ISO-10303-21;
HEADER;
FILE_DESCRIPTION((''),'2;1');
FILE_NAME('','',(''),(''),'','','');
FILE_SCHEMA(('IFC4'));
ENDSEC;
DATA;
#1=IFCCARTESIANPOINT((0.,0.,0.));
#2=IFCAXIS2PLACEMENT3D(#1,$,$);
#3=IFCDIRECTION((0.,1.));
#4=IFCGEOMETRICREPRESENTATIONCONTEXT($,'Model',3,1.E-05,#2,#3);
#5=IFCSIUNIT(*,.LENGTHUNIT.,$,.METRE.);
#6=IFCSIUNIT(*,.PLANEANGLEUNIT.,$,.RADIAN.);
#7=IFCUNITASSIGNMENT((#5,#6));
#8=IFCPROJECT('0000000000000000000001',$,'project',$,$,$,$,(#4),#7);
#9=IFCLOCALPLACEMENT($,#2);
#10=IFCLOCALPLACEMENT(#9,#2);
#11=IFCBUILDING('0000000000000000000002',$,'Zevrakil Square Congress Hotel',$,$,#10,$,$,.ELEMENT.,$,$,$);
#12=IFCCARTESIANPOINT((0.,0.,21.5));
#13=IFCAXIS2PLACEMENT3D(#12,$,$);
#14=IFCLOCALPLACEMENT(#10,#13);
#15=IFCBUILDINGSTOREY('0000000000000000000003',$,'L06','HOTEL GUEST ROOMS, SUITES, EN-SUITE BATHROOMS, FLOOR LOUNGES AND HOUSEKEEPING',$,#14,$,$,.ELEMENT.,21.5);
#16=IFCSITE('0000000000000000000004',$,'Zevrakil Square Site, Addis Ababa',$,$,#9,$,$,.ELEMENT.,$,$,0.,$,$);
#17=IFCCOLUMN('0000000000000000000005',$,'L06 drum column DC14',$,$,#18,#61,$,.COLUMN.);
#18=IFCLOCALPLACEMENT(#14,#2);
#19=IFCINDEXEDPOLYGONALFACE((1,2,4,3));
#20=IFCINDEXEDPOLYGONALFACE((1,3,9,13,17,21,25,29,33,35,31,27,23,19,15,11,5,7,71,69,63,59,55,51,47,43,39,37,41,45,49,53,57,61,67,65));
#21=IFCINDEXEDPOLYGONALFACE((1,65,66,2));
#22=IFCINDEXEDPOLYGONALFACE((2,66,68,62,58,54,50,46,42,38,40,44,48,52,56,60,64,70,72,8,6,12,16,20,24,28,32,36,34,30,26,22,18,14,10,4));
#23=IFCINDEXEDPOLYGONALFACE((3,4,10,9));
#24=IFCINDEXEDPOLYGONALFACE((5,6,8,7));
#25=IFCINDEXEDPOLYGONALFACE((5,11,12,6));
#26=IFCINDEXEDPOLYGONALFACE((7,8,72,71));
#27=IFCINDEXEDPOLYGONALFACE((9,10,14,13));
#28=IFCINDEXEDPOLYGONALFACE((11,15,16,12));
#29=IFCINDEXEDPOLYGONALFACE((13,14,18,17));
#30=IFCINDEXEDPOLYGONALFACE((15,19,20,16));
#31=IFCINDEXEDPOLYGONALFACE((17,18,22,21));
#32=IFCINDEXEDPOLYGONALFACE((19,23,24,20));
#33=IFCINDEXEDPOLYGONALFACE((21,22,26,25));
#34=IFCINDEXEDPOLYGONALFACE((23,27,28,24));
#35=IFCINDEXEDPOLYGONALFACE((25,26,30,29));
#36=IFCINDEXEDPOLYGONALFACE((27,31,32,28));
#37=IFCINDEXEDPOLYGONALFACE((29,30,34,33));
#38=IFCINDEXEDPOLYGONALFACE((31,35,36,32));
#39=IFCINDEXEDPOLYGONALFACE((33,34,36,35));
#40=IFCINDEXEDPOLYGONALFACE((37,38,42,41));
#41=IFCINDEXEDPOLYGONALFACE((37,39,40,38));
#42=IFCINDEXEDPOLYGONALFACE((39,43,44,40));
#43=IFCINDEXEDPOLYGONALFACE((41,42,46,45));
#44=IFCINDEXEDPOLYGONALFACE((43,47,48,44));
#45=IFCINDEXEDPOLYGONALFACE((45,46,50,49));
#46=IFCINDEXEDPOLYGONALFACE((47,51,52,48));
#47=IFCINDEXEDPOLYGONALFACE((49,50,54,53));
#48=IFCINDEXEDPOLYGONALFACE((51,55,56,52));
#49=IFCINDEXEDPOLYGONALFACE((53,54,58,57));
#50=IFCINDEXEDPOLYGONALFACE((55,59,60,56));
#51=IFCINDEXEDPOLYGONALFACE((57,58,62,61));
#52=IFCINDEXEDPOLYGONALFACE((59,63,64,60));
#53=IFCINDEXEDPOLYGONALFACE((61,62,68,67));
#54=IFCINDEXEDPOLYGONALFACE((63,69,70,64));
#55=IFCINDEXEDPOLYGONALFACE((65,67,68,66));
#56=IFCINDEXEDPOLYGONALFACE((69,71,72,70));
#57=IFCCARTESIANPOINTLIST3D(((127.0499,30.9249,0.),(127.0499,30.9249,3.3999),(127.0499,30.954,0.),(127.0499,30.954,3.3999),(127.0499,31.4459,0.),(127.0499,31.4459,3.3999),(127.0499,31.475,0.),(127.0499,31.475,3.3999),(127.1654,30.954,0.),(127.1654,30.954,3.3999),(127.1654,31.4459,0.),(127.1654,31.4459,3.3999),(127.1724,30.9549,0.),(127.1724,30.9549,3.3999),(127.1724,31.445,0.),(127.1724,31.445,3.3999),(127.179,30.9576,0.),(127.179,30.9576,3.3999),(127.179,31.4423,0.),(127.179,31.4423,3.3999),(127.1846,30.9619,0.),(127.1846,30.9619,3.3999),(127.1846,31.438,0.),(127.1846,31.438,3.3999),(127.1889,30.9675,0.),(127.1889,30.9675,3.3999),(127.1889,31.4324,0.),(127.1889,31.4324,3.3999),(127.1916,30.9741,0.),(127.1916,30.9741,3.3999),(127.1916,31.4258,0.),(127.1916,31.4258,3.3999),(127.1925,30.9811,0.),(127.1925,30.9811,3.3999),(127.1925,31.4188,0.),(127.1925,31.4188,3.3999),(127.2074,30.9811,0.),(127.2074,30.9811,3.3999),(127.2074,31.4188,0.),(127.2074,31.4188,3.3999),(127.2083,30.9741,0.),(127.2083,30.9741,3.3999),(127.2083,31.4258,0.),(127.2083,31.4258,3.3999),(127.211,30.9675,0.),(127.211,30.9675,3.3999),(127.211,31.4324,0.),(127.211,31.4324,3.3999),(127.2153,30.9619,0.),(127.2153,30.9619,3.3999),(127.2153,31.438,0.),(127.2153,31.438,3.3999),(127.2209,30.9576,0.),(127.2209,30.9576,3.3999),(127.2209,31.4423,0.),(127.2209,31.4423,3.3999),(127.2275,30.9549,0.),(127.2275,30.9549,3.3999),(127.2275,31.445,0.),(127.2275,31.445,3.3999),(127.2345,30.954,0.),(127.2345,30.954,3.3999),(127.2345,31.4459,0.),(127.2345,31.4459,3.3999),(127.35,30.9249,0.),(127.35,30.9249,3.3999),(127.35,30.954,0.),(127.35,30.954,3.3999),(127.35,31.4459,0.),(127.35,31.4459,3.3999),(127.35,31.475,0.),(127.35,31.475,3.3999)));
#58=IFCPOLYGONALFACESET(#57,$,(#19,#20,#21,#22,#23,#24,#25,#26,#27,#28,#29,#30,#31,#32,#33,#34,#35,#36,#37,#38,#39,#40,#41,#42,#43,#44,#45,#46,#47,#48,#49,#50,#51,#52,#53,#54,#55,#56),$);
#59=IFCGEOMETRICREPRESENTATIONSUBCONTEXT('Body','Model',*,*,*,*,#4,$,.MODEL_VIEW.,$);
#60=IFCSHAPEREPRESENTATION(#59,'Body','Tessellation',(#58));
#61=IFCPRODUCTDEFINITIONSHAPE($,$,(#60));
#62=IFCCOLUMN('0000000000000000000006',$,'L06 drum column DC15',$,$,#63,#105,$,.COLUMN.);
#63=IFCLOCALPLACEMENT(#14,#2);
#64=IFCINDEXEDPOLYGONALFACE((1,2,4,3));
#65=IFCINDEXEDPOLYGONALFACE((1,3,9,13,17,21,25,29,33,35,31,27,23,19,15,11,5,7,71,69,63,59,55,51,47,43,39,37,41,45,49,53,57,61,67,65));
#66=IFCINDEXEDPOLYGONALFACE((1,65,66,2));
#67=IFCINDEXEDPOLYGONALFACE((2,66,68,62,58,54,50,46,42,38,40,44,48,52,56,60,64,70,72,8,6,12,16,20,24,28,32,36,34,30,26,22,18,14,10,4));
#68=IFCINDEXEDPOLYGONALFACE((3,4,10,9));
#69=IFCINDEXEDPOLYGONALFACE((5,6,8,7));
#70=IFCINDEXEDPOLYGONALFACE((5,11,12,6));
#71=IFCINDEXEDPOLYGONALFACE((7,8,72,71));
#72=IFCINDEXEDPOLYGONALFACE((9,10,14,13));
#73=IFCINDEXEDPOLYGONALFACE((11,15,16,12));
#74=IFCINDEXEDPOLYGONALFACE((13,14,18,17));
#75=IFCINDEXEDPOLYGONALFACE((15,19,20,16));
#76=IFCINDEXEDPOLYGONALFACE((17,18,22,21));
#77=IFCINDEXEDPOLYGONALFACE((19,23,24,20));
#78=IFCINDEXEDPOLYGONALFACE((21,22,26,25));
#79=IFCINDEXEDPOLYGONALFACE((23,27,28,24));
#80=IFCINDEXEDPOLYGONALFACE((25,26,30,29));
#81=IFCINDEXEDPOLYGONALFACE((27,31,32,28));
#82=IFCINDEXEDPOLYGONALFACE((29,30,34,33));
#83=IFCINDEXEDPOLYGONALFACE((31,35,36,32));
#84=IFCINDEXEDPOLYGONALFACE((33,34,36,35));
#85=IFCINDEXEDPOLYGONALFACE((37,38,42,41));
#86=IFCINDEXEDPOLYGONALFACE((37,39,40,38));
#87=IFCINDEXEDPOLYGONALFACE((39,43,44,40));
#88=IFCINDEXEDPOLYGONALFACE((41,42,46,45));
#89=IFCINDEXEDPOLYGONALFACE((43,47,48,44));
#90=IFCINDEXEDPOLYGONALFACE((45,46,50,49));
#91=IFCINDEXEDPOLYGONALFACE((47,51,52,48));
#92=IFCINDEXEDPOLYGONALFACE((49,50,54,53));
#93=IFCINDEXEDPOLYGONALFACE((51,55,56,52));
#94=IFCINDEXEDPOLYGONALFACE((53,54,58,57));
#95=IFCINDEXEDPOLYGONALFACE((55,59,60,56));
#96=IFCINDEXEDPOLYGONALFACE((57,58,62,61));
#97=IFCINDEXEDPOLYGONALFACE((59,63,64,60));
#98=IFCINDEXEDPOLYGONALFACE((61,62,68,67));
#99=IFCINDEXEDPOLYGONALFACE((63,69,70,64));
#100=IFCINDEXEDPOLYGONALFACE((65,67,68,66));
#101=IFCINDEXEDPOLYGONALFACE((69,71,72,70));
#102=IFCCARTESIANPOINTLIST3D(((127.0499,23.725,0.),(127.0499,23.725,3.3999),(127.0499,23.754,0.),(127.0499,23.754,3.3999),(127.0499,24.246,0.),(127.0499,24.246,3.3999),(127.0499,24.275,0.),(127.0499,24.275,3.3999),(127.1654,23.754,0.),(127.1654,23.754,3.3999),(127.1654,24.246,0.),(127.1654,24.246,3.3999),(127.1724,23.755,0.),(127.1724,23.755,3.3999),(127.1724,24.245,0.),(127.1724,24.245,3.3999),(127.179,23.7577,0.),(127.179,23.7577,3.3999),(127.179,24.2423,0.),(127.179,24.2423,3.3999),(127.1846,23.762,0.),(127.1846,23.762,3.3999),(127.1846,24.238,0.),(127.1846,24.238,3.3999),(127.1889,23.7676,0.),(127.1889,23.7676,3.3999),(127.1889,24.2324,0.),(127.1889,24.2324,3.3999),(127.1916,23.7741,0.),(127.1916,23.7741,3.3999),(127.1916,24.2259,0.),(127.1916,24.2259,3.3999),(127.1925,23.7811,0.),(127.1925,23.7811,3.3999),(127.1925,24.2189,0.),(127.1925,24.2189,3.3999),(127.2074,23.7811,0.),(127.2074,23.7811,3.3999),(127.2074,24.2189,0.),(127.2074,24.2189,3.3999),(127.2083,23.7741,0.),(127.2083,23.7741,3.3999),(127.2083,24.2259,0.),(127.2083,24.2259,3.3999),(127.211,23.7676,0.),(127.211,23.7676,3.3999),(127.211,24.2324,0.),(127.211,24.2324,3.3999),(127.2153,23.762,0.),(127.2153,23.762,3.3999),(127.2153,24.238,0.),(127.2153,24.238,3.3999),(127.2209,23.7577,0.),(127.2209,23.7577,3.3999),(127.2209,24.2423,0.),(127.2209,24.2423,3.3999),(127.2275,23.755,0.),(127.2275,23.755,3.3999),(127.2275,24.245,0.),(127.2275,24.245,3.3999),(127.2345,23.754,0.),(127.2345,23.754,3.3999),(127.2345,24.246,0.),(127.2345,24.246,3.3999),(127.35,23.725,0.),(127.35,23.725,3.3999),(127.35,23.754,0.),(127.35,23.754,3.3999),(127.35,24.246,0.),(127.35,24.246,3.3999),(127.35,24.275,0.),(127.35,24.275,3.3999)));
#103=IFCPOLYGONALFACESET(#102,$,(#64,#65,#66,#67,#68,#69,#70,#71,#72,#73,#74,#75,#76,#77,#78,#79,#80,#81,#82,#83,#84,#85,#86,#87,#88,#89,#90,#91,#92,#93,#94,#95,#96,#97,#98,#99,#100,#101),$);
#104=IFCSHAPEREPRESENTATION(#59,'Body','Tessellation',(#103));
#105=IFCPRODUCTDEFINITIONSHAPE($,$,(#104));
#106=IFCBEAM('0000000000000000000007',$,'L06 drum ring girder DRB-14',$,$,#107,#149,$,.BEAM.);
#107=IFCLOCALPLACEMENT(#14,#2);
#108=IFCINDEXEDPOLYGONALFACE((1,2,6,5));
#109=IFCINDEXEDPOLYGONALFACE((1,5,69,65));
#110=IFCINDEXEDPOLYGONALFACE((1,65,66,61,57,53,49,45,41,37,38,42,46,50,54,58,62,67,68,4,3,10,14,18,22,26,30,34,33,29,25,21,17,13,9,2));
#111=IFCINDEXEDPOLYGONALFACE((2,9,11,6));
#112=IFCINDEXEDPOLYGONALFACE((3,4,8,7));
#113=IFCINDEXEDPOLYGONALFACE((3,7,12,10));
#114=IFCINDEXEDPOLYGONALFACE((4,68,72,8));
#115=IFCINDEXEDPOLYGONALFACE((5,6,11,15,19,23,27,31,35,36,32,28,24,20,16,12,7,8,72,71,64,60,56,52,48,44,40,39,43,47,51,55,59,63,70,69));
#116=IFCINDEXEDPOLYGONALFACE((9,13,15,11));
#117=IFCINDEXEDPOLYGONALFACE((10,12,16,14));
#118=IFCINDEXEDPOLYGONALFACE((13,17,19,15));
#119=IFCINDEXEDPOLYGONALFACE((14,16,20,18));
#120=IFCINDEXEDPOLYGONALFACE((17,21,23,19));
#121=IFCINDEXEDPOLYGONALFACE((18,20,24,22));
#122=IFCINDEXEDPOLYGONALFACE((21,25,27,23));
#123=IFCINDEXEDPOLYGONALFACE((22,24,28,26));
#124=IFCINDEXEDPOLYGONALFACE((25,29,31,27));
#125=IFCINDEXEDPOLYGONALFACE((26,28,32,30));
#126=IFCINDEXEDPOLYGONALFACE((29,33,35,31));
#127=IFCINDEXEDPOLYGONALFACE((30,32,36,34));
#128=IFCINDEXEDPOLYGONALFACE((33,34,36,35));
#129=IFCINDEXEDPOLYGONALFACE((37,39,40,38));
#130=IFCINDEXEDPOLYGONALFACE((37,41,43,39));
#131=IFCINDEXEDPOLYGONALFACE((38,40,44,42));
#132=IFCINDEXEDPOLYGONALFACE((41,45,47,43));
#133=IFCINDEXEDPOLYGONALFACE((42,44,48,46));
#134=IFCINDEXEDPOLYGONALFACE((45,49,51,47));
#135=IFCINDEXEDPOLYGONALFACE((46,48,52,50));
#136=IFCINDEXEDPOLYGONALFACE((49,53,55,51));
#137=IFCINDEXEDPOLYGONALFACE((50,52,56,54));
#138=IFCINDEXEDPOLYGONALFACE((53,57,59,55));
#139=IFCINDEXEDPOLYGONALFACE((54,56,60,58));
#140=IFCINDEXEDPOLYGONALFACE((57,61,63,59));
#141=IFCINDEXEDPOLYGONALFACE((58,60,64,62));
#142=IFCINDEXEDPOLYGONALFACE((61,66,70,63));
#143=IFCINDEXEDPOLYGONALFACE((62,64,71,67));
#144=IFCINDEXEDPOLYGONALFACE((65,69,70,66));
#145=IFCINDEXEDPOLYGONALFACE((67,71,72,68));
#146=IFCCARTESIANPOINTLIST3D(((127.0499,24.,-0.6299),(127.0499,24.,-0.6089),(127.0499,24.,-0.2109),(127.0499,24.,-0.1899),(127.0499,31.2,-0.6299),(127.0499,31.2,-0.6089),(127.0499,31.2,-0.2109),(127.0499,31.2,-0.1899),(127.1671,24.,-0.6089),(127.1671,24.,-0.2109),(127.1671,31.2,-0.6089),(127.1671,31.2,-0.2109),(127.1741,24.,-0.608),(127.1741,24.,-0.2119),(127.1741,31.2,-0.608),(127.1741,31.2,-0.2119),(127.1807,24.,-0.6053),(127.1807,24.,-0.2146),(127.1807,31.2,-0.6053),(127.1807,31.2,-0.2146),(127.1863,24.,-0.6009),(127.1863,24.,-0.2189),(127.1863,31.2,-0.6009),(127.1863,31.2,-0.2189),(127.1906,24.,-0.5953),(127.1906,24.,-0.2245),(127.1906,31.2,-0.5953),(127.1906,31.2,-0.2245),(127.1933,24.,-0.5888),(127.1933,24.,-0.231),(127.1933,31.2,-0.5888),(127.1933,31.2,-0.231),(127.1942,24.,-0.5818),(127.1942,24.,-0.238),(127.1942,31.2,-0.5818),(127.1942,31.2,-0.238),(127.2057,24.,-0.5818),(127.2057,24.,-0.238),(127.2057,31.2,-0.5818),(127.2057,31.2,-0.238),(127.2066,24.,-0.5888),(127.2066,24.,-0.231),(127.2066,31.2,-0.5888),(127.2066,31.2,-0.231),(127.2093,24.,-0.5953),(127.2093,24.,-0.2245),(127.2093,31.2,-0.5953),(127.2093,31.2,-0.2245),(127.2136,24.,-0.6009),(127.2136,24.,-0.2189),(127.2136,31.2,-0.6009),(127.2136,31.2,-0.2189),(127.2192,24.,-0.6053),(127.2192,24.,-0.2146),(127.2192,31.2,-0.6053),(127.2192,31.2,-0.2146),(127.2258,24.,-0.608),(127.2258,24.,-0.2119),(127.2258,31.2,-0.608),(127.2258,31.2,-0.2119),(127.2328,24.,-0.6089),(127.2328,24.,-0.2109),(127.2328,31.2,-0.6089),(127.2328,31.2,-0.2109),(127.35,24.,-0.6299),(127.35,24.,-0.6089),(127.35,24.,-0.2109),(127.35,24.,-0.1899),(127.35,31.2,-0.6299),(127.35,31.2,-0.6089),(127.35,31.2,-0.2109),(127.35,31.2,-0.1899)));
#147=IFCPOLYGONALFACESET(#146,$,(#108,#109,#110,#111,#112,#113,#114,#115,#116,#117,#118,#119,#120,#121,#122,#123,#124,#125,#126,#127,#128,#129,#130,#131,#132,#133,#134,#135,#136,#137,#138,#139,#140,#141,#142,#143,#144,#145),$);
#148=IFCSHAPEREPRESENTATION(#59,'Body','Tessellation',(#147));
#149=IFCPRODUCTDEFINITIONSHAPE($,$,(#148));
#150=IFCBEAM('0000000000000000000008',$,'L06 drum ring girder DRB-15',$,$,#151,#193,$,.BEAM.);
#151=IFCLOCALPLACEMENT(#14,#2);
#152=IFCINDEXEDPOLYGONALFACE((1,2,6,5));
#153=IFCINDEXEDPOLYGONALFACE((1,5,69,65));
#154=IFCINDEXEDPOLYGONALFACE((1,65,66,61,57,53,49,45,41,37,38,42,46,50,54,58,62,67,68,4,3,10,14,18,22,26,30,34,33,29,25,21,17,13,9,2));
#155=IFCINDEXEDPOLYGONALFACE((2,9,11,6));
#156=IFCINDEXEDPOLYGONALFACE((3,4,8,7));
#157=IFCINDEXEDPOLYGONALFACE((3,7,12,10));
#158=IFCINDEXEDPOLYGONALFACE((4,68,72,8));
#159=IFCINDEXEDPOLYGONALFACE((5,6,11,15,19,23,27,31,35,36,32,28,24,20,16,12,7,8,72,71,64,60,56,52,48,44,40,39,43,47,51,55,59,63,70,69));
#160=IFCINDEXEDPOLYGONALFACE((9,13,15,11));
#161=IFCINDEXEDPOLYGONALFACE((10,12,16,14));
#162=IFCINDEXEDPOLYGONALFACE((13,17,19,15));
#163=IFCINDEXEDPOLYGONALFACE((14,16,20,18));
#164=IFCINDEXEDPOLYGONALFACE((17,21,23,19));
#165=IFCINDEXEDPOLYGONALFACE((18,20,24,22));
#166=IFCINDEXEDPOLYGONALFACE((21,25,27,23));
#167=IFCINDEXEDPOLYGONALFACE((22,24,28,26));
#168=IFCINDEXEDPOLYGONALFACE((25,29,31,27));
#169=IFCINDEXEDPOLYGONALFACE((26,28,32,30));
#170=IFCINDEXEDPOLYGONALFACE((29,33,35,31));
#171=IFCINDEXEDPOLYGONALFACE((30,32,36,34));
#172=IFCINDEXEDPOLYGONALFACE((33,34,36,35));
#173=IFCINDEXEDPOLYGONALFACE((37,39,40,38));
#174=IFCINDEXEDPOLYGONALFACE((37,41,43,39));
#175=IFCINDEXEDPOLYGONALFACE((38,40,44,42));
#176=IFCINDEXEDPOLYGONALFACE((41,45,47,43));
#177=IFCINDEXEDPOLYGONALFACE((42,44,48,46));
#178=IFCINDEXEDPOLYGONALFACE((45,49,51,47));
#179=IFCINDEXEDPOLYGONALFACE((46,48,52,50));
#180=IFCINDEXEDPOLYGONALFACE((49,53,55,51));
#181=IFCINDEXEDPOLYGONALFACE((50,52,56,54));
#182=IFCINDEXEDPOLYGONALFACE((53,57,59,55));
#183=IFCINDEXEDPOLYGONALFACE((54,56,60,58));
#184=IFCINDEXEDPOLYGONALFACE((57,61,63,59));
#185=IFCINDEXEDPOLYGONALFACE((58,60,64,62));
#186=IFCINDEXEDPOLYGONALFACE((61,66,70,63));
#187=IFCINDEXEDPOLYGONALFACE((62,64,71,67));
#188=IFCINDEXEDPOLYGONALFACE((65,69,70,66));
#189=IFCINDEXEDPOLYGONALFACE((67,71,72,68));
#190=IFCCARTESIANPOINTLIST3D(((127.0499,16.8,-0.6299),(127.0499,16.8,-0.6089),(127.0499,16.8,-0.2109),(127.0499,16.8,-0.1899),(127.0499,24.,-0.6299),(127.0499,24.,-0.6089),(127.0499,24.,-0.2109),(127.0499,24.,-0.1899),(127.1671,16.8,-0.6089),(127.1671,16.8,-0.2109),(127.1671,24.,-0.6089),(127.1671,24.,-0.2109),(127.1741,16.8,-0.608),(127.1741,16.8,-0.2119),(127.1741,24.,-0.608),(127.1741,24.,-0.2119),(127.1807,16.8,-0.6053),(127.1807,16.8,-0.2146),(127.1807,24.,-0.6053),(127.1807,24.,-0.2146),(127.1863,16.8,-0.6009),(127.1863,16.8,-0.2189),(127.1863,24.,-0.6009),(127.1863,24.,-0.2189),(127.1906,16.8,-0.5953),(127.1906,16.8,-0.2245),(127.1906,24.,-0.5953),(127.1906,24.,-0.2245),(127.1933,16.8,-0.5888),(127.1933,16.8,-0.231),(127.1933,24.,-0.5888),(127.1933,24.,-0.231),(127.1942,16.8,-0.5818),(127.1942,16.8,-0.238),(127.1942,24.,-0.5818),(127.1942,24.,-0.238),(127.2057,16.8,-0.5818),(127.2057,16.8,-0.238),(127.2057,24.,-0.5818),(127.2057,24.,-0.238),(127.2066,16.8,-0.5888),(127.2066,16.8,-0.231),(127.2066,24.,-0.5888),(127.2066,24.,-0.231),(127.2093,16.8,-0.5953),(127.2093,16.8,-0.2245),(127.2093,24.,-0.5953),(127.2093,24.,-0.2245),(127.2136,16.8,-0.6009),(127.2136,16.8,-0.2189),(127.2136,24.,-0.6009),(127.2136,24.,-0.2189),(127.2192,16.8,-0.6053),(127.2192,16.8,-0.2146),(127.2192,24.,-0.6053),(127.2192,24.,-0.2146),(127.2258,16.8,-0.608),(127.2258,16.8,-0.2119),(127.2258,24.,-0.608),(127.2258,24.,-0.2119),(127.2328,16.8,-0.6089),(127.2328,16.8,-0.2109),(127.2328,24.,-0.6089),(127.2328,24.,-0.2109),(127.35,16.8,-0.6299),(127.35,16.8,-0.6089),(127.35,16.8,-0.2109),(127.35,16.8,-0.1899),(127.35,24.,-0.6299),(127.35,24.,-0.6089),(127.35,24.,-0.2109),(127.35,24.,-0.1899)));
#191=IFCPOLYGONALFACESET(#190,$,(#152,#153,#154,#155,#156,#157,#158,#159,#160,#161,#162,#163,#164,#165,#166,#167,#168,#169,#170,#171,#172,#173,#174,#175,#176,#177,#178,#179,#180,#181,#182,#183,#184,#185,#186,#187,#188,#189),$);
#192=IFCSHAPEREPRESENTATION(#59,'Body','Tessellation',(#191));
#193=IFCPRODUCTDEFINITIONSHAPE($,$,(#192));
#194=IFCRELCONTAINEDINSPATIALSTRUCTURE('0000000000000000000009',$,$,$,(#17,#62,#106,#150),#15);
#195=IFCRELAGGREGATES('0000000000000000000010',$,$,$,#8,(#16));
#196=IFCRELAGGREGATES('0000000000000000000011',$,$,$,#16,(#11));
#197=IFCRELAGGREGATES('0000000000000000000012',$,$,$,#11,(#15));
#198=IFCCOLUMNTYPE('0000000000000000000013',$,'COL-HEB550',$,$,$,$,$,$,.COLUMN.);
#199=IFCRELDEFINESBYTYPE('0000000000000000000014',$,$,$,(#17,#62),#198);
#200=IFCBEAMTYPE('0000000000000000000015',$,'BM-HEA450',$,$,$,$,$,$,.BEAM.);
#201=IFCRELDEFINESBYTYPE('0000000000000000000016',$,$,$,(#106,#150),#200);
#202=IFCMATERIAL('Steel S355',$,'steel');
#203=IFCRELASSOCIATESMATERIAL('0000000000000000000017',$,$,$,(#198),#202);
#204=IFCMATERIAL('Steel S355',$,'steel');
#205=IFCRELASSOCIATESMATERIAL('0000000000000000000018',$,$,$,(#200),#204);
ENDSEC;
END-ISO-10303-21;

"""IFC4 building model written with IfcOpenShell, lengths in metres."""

from ifc_helpers import new_model, si_unit, direction, frame, origin, origin_2d, place, context, subcontext, project, spatial, i_section, extrude, material, material_profile, profile_set, type_object, element, save


model = new_model("IFC4")

# Units and contexts
model_context = context("Model", 3, precision=1e-05, world=origin(), true_north=direction((0.0, 1.0)))
body_context = subcontext(model_context, "Body", "Model", "MODEL_VIEW")
ifc_project = project(units=[si_unit("LENGTHUNIT", "METRE"), si_unit("PLANEANGLEUNIT", "RADIAN")], contexts=[model_context])

# Site, building, storey
site_placement = place(None, origin())
site = spatial("IfcSite", under=ifc_project, at=site_placement, Name="Zevrakil Square Site, Addis Ababa", CompositionType="ELEMENT", RefElevation=0.0)
building_placement = place(site_placement, origin())
building = spatial("IfcBuilding", under=site, at=building_placement, Name="Zevrakil Square Congress Hotel", CompositionType="ELEMENT")
storey_placement = place(building_placement, frame((0.0, 0.0, 21.5)))
storey = spatial("IfcBuildingStorey", under=building, at=storey_placement, Name="L06", Description="HOTEL GUEST ROOMS, SUITES, EN-SUITE BATHROOMS, FLOOR LOUNGES AND HOUSEKEEPING", CompositionType="ELEMENT", Elevation=21.5)

# Columns
ifc_material_1 = material(Name="Steel S355", Category="steel")
ifc_material_profile_1 = material_profile(ifc_material_1, i_section(OverallWidth=0.3, OverallDepth=0.55, WebThickness=0.0149, FlangeThickness=0.0291, FilletRadius=0.0271, at=origin_2d()), Name="HEB 550")
ifc_profile_set_1 = profile_set([ifc_material_profile_1], Name="Steel S355")
column_type = type_object("IfcColumnType", Name="COL-HEB550", PredefinedType="COLUMN", material=ifc_profile_set_1)
for number, where, z_axis, x_axis, name in (
    (1, (127.2, 31.2, 0.0), (0.0, 0.0, 1.0), (1.0, 0.0, 0.0), "L06 drum column DC14"),
    (2, (127.2, 24.0, 0.0), (0.0, 0.0, 1.0), (1.0, 0.0, 0.0), "L06 drum column DC15"),
):
    element("IfcColumn", number, at=place(storey_placement, frame(where, z_axis=z_axis, x_axis=x_axis)), inside=storey, type_object=column_type, Name=name, PredefinedType="COLUMN", context=body_context, shape_type="SweptSolid", body=[
        extrude(i_section(OverallWidth=0.3, OverallDepth=0.55, WebThickness=0.0149, FlangeThickness=0.0291, FilletRadius=0.0271, at=origin_2d()), origin(), (0.0, 0.0, 1.0), 3.3999),
    ])

# Beams
ifc_material_2 = material(Name="Steel S355", Category="steel")
ifc_material_profile_2 = material_profile(ifc_material_2, i_section(OverallWidth=0.3, OverallDepth=0.4399, WebThickness=0.0115, FlangeThickness=0.021, FilletRadius=0.0271, at=origin_2d()), Name="HEA 450")
ifc_profile_set_2 = profile_set([ifc_material_profile_2], Name="Steel S355")
beam_type_1 = type_object("IfcBeamType", Name="BM-HEA450", PredefinedType="BEAM", material=ifc_profile_set_2)
for number, where, z_axis, x_axis, name in (
    (3, (127.2, 31.2, -0.4099), (0.0, -1.0, 0.0), (1.0, 0.0, 0.0), "L06 drum ring girder DRB-14"),
    (4, (127.2, 24.0, -0.4099), (0.0, -1.0, 0.0), (1.0, 0.0, 0.0), "L06 drum ring girder DRB-15"),
):
    element("IfcBeam", number, at=place(storey_placement, frame(where, z_axis=z_axis, x_axis=x_axis)), inside=storey, type_object=beam_type_1, Name=name, PredefinedType="BEAM", context=body_context, shape_type="SweptSolid", body=[
        extrude(i_section(OverallWidth=0.3, OverallDepth=0.4399, WebThickness=0.0115, FlangeThickness=0.021, FilletRadius=0.0271, at=origin_2d()), origin(), (0.0, 0.0, 1.0), 7.2),
    ])

save(model, "model.ifc")
